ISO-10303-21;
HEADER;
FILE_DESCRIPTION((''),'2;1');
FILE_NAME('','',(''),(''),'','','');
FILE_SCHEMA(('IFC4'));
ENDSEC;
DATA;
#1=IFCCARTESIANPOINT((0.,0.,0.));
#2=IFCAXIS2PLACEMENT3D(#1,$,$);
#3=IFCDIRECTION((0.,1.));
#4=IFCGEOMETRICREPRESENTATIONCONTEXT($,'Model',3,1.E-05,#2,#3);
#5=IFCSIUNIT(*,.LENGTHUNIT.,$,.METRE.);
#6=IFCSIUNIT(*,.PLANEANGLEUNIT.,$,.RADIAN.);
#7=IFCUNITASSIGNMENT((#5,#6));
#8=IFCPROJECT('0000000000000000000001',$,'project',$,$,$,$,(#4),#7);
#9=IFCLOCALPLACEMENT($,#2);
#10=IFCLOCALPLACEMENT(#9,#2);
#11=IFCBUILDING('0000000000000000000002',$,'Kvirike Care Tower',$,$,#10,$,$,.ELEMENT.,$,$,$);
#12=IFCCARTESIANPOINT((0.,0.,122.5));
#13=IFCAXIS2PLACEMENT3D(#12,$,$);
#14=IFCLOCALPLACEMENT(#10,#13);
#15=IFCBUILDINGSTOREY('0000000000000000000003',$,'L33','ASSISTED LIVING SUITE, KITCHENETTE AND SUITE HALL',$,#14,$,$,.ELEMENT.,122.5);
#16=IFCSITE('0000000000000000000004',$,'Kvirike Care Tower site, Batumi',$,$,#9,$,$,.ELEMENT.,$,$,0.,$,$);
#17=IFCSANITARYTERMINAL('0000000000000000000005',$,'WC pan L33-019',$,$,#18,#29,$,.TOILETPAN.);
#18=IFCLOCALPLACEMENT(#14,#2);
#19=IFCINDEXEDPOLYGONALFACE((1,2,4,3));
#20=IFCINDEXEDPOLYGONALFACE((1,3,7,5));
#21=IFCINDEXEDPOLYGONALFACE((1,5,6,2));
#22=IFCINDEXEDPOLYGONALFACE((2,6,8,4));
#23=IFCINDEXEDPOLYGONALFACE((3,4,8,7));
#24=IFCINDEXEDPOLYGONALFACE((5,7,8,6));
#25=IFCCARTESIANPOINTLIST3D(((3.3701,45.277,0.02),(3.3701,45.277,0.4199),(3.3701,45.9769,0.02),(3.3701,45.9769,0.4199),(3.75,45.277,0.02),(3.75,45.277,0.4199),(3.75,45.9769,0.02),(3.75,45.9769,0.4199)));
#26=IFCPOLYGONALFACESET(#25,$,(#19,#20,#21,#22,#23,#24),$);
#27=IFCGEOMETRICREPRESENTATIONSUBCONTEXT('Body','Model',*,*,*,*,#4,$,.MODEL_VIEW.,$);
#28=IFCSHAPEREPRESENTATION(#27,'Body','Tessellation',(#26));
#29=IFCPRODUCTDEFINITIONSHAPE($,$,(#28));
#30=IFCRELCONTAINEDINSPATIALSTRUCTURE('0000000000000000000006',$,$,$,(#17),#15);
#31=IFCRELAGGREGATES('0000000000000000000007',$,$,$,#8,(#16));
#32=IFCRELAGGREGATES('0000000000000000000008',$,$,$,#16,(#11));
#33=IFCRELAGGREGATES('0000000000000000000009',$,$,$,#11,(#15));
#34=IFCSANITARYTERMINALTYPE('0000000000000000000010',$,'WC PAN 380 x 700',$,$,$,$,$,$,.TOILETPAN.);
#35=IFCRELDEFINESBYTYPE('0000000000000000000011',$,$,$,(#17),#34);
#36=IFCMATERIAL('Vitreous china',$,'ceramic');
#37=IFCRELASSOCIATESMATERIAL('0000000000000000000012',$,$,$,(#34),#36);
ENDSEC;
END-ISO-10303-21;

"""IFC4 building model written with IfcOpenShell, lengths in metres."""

from ifc_helpers import new_model, si_unit, direction, frame, origin, origin_2d, place, context, subcontext, project, spatial, rectangle, extrude, material, type_object, element, save


model = new_model("IFC4")

# Units and contexts
model_context = context("Model", 3, precision=1e-05, world=origin(), true_north=direction((0.0, 1.0)))
body_context = subcontext(model_context, "Body", "Model", "MODEL_VIEW")
ifc_project = project(units=[si_unit("LENGTHUNIT", "METRE"), si_unit("PLANEANGLEUNIT", "RADIAN")], contexts=[model_context])

# Site, building, storey
site_placement = place(None, origin())
site = spatial("IfcSite", under=ifc_project, at=site_placement, Name="Kvirike Care Tower site, Batumi", CompositionType="ELEMENT", RefElevation=0.0)
building_placement = place(site_placement, origin())
building = spatial("IfcBuilding", under=site, at=building_placement, Name="Kvirike Care Tower", CompositionType="ELEMENT")
storey_placement = place(building_placement, frame((0.0, 0.0, 122.5)))
storey = spatial("IfcBuildingStorey", under=building, at=storey_placement, Name="L33", Description="ASSISTED LIVING SUITE, KITCHENETTE AND SUITE HALL", CompositionType="ELEMENT", Elevation=122.5)

# Sanitary terminal
ifc_material_1 = material(Name="Vitreous china", Category="ceramic")
sanitary_terminal_type_1 = type_object("IfcSanitaryTerminalType", Name="WC PAN 380 x 700", PredefinedType="TOILETPAN", material=ifc_material_1)
sanitary_terminal_1_placement = place(storey_placement, frame((3.5601, 45.627, 0.02), z_axis=(0.0, 0.0, 1.0), x_axis=(-1.0, 0.0, 0.0)))
element("IfcSanitaryTerminal", 1, at=sanitary_terminal_1_placement, inside=storey, type_object=sanitary_terminal_type_1, Name="WC pan L33-019", PredefinedType="TOILETPAN", context=body_context, shape_type="SweptSolid", body=[
    extrude(rectangle(XDim=0.3799, YDim=0.7, at=origin_2d()), origin(), (0.0, 0.0, 1.0), 0.3999),
])

save(model, "model.ifc")
